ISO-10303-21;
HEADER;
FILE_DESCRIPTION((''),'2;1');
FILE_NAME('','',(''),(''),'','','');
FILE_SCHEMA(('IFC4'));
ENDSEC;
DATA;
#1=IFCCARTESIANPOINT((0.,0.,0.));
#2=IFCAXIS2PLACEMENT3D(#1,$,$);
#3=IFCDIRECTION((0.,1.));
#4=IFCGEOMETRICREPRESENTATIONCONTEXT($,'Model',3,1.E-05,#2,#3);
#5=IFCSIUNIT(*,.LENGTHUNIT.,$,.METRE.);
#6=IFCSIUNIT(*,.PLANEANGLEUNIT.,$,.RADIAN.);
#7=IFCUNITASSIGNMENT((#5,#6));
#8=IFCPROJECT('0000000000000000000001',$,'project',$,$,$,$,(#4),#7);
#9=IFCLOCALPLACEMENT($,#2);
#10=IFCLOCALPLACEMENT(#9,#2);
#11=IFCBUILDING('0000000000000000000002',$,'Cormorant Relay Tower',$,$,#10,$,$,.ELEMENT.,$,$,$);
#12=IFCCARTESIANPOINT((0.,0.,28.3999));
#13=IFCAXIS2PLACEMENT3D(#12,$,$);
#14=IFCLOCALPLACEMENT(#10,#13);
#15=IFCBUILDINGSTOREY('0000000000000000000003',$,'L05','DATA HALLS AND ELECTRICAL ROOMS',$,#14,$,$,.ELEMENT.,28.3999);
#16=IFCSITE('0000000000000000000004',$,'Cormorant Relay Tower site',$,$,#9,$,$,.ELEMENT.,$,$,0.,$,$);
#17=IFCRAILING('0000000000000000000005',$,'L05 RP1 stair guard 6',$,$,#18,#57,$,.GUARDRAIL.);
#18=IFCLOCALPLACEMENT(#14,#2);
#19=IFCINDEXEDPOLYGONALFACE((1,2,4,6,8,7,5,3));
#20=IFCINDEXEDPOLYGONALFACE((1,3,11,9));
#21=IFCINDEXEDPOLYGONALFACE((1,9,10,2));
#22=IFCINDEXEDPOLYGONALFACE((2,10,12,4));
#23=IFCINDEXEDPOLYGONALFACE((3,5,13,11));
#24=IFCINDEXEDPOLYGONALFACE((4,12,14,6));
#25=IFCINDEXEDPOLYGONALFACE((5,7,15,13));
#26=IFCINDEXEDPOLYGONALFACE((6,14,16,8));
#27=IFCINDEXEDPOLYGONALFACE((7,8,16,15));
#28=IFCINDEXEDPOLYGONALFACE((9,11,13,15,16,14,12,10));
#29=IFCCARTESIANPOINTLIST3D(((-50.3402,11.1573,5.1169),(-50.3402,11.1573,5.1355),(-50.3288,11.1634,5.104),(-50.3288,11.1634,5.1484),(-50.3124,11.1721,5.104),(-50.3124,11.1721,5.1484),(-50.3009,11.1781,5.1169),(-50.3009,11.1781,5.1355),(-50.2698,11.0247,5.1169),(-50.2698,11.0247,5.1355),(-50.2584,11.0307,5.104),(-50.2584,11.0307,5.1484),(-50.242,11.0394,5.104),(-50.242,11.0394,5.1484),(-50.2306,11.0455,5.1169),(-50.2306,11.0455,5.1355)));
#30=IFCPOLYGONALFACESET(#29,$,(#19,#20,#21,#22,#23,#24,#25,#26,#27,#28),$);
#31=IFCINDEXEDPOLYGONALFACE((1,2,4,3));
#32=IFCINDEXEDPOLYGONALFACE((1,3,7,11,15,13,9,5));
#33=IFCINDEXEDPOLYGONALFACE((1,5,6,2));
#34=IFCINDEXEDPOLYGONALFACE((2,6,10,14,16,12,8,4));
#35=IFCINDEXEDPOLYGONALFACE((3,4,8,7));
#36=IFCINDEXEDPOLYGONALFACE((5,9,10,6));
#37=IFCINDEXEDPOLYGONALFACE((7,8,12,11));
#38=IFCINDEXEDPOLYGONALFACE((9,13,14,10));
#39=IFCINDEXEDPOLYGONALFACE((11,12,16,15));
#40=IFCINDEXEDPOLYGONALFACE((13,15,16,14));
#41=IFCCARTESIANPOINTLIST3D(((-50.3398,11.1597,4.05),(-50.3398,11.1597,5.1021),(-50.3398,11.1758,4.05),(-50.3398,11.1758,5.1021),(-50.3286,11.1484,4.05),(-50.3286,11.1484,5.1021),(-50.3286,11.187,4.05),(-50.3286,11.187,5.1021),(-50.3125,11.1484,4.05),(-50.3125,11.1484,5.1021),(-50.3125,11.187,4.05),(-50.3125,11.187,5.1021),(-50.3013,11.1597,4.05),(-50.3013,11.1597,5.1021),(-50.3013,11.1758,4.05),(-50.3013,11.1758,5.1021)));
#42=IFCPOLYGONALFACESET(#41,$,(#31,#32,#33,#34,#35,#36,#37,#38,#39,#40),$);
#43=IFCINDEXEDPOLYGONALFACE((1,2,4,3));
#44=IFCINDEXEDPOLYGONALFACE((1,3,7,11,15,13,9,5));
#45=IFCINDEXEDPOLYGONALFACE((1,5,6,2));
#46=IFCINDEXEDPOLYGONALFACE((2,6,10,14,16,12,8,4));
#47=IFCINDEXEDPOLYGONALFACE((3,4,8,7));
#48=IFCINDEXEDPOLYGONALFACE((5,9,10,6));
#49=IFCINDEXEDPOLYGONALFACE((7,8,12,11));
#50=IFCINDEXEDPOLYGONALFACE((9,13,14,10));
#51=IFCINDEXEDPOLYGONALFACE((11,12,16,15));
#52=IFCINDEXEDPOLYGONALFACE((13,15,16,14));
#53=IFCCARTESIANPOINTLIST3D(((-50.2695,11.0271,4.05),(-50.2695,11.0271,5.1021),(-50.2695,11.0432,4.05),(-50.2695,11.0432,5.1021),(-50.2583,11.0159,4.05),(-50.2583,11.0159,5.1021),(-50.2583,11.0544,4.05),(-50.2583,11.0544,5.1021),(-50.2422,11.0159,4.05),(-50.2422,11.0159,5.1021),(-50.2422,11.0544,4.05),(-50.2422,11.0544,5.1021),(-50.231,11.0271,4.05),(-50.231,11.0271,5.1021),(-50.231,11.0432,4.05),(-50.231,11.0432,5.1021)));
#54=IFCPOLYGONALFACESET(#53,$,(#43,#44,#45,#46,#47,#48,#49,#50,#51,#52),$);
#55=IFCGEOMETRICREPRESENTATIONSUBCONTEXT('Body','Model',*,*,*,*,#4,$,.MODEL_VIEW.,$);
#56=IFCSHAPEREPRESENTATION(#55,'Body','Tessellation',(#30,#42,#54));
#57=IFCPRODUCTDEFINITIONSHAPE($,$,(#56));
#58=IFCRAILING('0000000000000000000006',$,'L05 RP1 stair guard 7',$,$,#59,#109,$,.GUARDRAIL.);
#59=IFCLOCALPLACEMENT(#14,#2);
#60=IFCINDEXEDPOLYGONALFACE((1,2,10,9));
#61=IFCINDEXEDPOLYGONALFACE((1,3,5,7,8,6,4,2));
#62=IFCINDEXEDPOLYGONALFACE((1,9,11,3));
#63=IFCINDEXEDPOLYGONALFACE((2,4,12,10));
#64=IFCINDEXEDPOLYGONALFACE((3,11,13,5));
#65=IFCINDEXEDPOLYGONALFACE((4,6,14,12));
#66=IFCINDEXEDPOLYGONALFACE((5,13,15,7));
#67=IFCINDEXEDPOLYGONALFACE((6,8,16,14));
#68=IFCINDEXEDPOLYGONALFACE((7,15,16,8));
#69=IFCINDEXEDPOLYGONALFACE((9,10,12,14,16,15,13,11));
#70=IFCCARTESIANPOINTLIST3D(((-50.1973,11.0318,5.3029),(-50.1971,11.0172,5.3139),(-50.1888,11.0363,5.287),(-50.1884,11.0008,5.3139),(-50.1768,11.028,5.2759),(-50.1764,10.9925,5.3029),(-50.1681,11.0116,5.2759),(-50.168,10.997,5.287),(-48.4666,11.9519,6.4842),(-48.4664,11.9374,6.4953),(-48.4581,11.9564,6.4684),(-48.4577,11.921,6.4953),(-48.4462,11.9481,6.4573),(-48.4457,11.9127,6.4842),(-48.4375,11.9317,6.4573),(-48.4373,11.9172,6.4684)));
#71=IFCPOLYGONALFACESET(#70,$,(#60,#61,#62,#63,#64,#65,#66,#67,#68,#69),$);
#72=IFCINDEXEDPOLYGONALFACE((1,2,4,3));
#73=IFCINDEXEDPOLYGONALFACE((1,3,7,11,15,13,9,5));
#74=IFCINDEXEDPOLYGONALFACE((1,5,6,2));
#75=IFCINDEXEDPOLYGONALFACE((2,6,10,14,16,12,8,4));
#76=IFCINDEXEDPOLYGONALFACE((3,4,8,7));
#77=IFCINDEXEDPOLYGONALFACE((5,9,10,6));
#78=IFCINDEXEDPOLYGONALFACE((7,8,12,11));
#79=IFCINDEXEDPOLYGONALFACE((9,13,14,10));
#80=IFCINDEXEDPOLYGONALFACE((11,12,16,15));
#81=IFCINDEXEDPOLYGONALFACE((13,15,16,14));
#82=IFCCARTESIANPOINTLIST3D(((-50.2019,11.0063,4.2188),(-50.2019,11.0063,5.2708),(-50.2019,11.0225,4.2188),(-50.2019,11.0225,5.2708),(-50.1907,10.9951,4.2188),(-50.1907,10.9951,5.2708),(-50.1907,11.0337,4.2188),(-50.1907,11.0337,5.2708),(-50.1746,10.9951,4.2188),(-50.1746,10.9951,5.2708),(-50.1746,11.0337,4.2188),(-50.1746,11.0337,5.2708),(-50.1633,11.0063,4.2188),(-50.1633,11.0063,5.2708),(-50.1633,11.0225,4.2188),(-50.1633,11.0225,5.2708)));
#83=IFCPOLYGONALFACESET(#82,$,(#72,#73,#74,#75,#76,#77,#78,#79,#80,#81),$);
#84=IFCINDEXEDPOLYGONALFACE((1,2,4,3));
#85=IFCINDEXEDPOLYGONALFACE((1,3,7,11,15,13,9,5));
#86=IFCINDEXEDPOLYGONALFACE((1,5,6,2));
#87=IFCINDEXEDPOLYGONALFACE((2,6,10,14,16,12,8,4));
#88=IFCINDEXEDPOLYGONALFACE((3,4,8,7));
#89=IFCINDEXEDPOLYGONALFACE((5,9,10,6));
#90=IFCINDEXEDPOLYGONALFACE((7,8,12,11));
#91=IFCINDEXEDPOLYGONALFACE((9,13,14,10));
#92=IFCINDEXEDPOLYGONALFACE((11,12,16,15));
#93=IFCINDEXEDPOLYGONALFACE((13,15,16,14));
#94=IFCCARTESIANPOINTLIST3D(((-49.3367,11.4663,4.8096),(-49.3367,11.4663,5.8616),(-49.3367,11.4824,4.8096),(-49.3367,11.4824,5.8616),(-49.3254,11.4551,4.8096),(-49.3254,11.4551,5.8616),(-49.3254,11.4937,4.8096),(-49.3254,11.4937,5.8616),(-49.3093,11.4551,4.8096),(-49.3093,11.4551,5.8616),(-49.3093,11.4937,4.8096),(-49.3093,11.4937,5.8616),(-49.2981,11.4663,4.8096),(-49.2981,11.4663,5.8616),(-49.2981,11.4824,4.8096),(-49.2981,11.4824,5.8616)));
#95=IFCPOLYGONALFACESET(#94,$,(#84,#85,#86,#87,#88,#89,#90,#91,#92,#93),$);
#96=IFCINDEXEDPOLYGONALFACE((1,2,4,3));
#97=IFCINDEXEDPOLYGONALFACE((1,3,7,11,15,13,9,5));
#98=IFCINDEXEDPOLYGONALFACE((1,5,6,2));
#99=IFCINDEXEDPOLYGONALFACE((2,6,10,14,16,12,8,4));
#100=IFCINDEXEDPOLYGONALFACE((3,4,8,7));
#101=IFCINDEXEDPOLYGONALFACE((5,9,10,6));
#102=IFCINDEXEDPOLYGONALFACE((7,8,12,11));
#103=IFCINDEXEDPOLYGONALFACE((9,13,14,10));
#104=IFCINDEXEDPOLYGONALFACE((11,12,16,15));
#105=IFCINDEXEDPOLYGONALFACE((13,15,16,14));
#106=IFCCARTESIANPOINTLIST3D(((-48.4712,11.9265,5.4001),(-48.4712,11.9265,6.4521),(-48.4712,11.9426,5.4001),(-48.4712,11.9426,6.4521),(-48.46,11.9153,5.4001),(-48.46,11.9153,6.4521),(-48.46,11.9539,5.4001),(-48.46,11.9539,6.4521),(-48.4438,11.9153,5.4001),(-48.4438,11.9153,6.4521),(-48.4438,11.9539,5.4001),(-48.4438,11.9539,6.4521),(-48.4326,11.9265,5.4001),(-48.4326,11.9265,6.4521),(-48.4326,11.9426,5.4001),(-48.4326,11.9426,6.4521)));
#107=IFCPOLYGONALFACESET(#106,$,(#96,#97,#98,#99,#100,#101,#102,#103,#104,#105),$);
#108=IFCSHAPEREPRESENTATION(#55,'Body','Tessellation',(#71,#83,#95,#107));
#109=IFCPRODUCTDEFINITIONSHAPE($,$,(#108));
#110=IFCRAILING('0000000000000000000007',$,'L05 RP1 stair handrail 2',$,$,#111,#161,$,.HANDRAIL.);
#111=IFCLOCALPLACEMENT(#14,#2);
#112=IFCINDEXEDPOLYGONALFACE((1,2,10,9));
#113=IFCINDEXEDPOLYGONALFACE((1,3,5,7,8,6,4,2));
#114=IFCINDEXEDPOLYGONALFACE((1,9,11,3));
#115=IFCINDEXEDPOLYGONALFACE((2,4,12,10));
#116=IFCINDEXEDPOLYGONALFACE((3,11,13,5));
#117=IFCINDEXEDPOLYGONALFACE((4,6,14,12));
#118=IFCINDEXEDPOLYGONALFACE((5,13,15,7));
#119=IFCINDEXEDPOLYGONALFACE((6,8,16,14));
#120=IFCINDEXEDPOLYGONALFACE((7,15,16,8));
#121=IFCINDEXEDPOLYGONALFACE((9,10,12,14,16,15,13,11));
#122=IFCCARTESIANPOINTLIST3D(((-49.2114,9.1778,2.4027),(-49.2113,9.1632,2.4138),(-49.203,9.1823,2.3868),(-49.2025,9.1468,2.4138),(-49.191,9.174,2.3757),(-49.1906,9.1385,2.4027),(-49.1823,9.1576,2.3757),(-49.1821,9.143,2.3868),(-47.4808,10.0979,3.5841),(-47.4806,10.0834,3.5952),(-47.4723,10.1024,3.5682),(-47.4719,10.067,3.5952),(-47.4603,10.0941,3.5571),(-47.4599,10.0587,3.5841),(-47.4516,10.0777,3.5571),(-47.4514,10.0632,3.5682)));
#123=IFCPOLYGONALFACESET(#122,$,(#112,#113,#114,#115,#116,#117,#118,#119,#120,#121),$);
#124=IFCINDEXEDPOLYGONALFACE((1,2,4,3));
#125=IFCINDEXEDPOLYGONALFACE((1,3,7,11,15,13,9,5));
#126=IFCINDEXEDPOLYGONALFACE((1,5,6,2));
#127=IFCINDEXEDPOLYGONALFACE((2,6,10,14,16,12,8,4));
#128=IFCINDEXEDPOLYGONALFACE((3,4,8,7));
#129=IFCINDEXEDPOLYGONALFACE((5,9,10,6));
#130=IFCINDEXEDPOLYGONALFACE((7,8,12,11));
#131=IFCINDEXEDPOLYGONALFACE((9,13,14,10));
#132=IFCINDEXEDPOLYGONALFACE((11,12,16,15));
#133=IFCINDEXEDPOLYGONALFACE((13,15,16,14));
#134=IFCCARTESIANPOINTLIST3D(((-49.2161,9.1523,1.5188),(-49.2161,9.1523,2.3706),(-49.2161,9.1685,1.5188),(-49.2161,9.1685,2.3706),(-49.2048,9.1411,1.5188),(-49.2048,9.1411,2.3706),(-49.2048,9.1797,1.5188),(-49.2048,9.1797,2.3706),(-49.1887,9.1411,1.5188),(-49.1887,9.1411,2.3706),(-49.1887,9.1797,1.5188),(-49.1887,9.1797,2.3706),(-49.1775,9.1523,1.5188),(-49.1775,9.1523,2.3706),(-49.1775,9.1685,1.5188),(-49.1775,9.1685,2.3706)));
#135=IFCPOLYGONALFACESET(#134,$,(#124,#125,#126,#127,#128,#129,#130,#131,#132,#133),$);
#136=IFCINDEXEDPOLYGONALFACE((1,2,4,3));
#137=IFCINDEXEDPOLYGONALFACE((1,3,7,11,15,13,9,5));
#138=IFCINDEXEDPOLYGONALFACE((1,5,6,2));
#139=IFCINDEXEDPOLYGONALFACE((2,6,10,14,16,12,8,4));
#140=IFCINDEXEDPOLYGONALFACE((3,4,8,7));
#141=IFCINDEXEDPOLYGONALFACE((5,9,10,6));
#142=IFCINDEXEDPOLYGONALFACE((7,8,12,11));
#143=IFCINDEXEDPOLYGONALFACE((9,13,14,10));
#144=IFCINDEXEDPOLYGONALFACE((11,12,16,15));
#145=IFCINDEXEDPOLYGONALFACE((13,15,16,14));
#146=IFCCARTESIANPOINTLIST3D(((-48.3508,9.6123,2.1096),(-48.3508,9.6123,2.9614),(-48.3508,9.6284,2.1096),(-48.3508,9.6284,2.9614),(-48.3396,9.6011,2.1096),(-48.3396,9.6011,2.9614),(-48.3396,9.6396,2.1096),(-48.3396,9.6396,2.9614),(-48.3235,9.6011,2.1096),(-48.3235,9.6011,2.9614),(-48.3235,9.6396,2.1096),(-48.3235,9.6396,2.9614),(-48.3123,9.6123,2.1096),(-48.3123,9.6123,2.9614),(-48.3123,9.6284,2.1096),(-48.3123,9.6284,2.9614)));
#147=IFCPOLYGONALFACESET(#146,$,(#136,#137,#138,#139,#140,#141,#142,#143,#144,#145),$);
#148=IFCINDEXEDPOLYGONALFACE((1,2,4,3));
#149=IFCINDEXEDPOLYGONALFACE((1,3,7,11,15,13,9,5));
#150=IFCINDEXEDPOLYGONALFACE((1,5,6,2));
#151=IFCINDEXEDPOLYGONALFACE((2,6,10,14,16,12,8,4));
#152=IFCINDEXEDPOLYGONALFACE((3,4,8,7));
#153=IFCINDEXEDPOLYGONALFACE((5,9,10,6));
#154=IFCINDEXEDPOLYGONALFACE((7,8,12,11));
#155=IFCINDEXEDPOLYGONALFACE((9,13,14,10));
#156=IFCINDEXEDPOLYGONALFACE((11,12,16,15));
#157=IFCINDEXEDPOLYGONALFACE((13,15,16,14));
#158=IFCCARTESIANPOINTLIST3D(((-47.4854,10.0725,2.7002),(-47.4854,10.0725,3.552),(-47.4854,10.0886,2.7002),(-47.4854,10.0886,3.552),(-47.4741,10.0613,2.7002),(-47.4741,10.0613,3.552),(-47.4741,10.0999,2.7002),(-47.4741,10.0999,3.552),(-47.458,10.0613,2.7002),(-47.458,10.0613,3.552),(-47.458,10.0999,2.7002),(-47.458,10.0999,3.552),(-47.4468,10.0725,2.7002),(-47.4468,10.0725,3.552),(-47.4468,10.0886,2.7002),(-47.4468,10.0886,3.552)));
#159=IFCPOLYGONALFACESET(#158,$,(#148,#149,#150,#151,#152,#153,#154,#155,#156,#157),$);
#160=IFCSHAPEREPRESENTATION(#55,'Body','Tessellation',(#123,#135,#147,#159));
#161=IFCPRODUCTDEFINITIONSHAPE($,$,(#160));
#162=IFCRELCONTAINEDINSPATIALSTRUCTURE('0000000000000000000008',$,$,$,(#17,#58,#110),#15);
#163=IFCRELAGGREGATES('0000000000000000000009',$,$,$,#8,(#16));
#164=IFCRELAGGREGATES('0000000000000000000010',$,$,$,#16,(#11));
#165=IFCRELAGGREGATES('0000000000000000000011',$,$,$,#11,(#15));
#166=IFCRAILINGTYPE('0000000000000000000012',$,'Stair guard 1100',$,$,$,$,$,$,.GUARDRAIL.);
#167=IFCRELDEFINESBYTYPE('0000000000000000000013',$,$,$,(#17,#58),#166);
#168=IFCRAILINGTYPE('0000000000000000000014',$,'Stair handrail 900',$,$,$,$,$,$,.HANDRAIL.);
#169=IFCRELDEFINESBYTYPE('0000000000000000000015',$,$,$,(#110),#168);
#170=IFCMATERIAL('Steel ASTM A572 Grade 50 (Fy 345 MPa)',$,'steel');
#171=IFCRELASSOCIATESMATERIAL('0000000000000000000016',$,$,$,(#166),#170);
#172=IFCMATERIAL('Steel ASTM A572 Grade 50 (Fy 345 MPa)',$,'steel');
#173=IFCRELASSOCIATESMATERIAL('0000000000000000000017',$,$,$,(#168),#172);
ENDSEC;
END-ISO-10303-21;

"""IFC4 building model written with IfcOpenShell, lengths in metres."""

from ifc_helpers import new_model, si_unit, direction, frame, origin, place, context, subcontext, project, spatial, polyline, outline, extrude, material, type_object, element, save


model = new_model("IFC4")

# Units and contexts
model_context = context("Model", 3, precision=1e-05, world=origin(), true_north=direction((0.0, 1.0)))
body_context = subcontext(model_context, "Body", "Model", "MODEL_VIEW")
ifc_project = project(units=[si_unit("LENGTHUNIT", "METRE"), si_unit("PLANEANGLEUNIT", "RADIAN")], contexts=[model_context])

# Site, building, storey
site_placement = place(None, origin())
site = spatial("IfcSite", under=ifc_project, at=site_placement, Name="Cormorant Relay Tower site", CompositionType="ELEMENT", RefElevation=0.0)
building_placement = place(site_placement, origin())
building = spatial("IfcBuilding", under=site, at=building_placement, Name="Cormorant Relay Tower", CompositionType="ELEMENT")
storey_placement = place(building_placement, frame((0.0, 0.0, 28.3999)))
storey = spatial("IfcBuildingStorey", under=building, at=storey_placement, Name="L05", Description="DATA HALLS AND ELECTRICAL ROOMS", CompositionType="ELEMENT", Elevation=28.3999)

# Railings
ifc_material_1 = material(Name="Steel ASTM A572 Grade 50 (Fy 345 MPa)", Category="steel")
railing_type_1 = type_object("IfcRailingType", Name="Stair guard 1100", PredefinedType="GUARDRAIL", material=ifc_material_1)
railing_1_placement = place(storey_placement, frame((-50.3206, 11.1677, 4.05)))
element("IfcRailing", 1, at=railing_1_placement, inside=storey, type_object=railing_type_1, Name="L05 RP1 stair guard 6", PredefinedType="GUARDRAIL", context=body_context, shape_type="SweptSolid", body=[
    extrude(outline(polyline([(0.0222, 0.0093), (0.0093, 0.0222), (-0.0093, 0.0222), (-0.0222, 0.0093), (-0.0222, -0.0093), (-0.0093, -0.0222), (0.0093, -0.0222), (0.0222, -0.0093), (0.0222, 0.0093)])), frame((0.0, 0.0, 1.0762), z_axis=(0.46856, -0.883431, 0.0), x_axis=(0.883431, 0.46856, 0.0)), (0.0, 0.0, 1.0), 0.1501),
    extrude(outline(polyline([(0.0193, 0.0081), (0.0081, 0.0193), (-0.0081, 0.0193), (-0.0193, 0.0081), (-0.0193, -0.0081), (-0.0081, -0.0193), (0.0081, -0.0193), (0.0193, -0.0081), (0.0193, 0.0081)])), origin(), (0.0, 0.0, 1.0), 1.052),
    extrude(outline(polyline([(0.0193, 0.0081), (0.0081, 0.0193), (-0.0081, 0.0193), (-0.0193, 0.0081), (-0.0193, -0.0081), (-0.0081, -0.0193), (0.0081, -0.0193), (0.0193, -0.0081), (0.0193, 0.0081)])), frame((0.0703, -0.1326, 0.0)), (0.0, 0.0, 1.0), 1.052),
])
railing_2_placement = place(storey_placement, frame((-50.1826, 11.0144, 4.2188)))
element("IfcRailing", 2, at=railing_2_placement, inside=storey, type_object=railing_type_1, Name="L05 RP1 stair guard 7", PredefinedType="GUARDRAIL", context=body_context, shape_type="SweptSolid", body=[
    extrude(outline(polyline([(0.0222, 0.0093), (0.0093, 0.0222), (-0.0093, 0.0222), (-0.0222, 0.0093), (-0.0222, -0.0093), (-0.0093, -0.0222), (0.0093, -0.0222), (0.0222, -0.0093), (0.0222, 0.0093)])), frame((0.0, 0.0, 1.0762), z_axis=(0.756226, 0.402062, 0.516205), x_axis=(-0.469444, 0.882962, 0.0)), (0.0, 0.0, 1.0), 2.2886),
    extrude(outline(polyline([(0.0193, 0.0081), (0.0081, 0.0193), (-0.0081, 0.0193), (-0.0193, 0.0081), (-0.0193, -0.0081), (-0.0081, -0.0193), (0.0081, -0.0193), (0.0193, -0.0081), (0.0193, 0.0081)])), origin(), (0.0, 0.0, 1.0), 1.052),
    extrude(outline(polyline([(0.0193, 0.0081), (0.0081, 0.0193), (-0.0081, 0.0193), (-0.0193, 0.0081), (-0.0193, -0.0081), (-0.0081, -0.0193), (0.0081, -0.0193), (0.0193, -0.0081), (0.0193, 0.0081)])), frame((0.8652, 0.46, 0.5908)), (0.0, 0.0, 1.0), 1.052),
    extrude(outline(polyline([(0.0193, 0.0081), (0.0081, 0.0193), (-0.0081, 0.0193), (-0.0193, 0.0081), (-0.0193, -0.0081), (-0.0081, -0.0193), (0.0081, -0.0193), (0.0193, -0.0081), (0.0193, 0.0081)])), frame((1.7307, 0.9202, 1.1814)), (0.0, 0.0, 1.0), 1.052),
])
ifc_material_2 = material(Name="Steel ASTM A572 Grade 50 (Fy 345 MPa)", Category="steel")
railing_type_2 = type_object("IfcRailingType", Name="Stair handrail 900", PredefinedType="HANDRAIL", material=ifc_material_2)
for number, where, name in (
    (3, (-49.1968, 9.1604, 1.5188), "L05 RP1 stair handrail 2"),
):
    element("IfcRailing", number, at=place(storey_placement, frame(where)), inside=storey, type_object=railing_type_2, Name=name, PredefinedType="HANDRAIL", context=body_context, shape_type="SweptSolid", body=[
        extrude(outline(polyline([(0.0222, 0.0093), (0.0093, 0.0222), (-0.0093, 0.0222), (-0.0222, 0.0093), (-0.0222, -0.0093), (-0.0093, -0.0222), (0.0093, -0.0222), (0.0222, -0.0093), (0.0222, 0.0093)])), frame((0.0, 0.0, 0.876), z_axis=(0.756226, 0.402062, 0.516205), x_axis=(-0.469444, 0.882962, 0.0)), (0.0, 0.0, 1.0), 2.2886),
        extrude(outline(polyline([(0.0193, 0.0081), (0.0081, 0.0193), (-0.0081, 0.0193), (-0.0193, 0.0081), (-0.0193, -0.0081), (-0.0081, -0.0193), (0.0081, -0.0193), (0.0193, -0.0081), (0.0193, 0.0081)])), origin(), (0.0, 0.0, 1.0), 0.8518),
        extrude(outline(polyline([(0.0193, 0.0081), (0.0081, 0.0193), (-0.0081, 0.0193), (-0.0193, 0.0081), (-0.0193, -0.0081), (-0.0081, -0.0193), (0.0081, -0.0193), (0.0193, -0.0081), (0.0193, 0.0081)])), frame((0.8652, 0.46, 0.5908)), (0.0, 0.0, 1.0), 0.8518),
        extrude(outline(polyline([(0.0193, 0.0081), (0.0081, 0.0193), (-0.0081, 0.0193), (-0.0193, 0.0081), (-0.0193, -0.0081), (-0.0081, -0.0193), (0.0081, -0.0193), (0.0193, -0.0081), (0.0193, 0.0081)])), frame((1.7307, 0.9202, 1.1814)), (0.0, 0.0, 1.0), 0.8518),
    ])

save(model, "model.ifc")
